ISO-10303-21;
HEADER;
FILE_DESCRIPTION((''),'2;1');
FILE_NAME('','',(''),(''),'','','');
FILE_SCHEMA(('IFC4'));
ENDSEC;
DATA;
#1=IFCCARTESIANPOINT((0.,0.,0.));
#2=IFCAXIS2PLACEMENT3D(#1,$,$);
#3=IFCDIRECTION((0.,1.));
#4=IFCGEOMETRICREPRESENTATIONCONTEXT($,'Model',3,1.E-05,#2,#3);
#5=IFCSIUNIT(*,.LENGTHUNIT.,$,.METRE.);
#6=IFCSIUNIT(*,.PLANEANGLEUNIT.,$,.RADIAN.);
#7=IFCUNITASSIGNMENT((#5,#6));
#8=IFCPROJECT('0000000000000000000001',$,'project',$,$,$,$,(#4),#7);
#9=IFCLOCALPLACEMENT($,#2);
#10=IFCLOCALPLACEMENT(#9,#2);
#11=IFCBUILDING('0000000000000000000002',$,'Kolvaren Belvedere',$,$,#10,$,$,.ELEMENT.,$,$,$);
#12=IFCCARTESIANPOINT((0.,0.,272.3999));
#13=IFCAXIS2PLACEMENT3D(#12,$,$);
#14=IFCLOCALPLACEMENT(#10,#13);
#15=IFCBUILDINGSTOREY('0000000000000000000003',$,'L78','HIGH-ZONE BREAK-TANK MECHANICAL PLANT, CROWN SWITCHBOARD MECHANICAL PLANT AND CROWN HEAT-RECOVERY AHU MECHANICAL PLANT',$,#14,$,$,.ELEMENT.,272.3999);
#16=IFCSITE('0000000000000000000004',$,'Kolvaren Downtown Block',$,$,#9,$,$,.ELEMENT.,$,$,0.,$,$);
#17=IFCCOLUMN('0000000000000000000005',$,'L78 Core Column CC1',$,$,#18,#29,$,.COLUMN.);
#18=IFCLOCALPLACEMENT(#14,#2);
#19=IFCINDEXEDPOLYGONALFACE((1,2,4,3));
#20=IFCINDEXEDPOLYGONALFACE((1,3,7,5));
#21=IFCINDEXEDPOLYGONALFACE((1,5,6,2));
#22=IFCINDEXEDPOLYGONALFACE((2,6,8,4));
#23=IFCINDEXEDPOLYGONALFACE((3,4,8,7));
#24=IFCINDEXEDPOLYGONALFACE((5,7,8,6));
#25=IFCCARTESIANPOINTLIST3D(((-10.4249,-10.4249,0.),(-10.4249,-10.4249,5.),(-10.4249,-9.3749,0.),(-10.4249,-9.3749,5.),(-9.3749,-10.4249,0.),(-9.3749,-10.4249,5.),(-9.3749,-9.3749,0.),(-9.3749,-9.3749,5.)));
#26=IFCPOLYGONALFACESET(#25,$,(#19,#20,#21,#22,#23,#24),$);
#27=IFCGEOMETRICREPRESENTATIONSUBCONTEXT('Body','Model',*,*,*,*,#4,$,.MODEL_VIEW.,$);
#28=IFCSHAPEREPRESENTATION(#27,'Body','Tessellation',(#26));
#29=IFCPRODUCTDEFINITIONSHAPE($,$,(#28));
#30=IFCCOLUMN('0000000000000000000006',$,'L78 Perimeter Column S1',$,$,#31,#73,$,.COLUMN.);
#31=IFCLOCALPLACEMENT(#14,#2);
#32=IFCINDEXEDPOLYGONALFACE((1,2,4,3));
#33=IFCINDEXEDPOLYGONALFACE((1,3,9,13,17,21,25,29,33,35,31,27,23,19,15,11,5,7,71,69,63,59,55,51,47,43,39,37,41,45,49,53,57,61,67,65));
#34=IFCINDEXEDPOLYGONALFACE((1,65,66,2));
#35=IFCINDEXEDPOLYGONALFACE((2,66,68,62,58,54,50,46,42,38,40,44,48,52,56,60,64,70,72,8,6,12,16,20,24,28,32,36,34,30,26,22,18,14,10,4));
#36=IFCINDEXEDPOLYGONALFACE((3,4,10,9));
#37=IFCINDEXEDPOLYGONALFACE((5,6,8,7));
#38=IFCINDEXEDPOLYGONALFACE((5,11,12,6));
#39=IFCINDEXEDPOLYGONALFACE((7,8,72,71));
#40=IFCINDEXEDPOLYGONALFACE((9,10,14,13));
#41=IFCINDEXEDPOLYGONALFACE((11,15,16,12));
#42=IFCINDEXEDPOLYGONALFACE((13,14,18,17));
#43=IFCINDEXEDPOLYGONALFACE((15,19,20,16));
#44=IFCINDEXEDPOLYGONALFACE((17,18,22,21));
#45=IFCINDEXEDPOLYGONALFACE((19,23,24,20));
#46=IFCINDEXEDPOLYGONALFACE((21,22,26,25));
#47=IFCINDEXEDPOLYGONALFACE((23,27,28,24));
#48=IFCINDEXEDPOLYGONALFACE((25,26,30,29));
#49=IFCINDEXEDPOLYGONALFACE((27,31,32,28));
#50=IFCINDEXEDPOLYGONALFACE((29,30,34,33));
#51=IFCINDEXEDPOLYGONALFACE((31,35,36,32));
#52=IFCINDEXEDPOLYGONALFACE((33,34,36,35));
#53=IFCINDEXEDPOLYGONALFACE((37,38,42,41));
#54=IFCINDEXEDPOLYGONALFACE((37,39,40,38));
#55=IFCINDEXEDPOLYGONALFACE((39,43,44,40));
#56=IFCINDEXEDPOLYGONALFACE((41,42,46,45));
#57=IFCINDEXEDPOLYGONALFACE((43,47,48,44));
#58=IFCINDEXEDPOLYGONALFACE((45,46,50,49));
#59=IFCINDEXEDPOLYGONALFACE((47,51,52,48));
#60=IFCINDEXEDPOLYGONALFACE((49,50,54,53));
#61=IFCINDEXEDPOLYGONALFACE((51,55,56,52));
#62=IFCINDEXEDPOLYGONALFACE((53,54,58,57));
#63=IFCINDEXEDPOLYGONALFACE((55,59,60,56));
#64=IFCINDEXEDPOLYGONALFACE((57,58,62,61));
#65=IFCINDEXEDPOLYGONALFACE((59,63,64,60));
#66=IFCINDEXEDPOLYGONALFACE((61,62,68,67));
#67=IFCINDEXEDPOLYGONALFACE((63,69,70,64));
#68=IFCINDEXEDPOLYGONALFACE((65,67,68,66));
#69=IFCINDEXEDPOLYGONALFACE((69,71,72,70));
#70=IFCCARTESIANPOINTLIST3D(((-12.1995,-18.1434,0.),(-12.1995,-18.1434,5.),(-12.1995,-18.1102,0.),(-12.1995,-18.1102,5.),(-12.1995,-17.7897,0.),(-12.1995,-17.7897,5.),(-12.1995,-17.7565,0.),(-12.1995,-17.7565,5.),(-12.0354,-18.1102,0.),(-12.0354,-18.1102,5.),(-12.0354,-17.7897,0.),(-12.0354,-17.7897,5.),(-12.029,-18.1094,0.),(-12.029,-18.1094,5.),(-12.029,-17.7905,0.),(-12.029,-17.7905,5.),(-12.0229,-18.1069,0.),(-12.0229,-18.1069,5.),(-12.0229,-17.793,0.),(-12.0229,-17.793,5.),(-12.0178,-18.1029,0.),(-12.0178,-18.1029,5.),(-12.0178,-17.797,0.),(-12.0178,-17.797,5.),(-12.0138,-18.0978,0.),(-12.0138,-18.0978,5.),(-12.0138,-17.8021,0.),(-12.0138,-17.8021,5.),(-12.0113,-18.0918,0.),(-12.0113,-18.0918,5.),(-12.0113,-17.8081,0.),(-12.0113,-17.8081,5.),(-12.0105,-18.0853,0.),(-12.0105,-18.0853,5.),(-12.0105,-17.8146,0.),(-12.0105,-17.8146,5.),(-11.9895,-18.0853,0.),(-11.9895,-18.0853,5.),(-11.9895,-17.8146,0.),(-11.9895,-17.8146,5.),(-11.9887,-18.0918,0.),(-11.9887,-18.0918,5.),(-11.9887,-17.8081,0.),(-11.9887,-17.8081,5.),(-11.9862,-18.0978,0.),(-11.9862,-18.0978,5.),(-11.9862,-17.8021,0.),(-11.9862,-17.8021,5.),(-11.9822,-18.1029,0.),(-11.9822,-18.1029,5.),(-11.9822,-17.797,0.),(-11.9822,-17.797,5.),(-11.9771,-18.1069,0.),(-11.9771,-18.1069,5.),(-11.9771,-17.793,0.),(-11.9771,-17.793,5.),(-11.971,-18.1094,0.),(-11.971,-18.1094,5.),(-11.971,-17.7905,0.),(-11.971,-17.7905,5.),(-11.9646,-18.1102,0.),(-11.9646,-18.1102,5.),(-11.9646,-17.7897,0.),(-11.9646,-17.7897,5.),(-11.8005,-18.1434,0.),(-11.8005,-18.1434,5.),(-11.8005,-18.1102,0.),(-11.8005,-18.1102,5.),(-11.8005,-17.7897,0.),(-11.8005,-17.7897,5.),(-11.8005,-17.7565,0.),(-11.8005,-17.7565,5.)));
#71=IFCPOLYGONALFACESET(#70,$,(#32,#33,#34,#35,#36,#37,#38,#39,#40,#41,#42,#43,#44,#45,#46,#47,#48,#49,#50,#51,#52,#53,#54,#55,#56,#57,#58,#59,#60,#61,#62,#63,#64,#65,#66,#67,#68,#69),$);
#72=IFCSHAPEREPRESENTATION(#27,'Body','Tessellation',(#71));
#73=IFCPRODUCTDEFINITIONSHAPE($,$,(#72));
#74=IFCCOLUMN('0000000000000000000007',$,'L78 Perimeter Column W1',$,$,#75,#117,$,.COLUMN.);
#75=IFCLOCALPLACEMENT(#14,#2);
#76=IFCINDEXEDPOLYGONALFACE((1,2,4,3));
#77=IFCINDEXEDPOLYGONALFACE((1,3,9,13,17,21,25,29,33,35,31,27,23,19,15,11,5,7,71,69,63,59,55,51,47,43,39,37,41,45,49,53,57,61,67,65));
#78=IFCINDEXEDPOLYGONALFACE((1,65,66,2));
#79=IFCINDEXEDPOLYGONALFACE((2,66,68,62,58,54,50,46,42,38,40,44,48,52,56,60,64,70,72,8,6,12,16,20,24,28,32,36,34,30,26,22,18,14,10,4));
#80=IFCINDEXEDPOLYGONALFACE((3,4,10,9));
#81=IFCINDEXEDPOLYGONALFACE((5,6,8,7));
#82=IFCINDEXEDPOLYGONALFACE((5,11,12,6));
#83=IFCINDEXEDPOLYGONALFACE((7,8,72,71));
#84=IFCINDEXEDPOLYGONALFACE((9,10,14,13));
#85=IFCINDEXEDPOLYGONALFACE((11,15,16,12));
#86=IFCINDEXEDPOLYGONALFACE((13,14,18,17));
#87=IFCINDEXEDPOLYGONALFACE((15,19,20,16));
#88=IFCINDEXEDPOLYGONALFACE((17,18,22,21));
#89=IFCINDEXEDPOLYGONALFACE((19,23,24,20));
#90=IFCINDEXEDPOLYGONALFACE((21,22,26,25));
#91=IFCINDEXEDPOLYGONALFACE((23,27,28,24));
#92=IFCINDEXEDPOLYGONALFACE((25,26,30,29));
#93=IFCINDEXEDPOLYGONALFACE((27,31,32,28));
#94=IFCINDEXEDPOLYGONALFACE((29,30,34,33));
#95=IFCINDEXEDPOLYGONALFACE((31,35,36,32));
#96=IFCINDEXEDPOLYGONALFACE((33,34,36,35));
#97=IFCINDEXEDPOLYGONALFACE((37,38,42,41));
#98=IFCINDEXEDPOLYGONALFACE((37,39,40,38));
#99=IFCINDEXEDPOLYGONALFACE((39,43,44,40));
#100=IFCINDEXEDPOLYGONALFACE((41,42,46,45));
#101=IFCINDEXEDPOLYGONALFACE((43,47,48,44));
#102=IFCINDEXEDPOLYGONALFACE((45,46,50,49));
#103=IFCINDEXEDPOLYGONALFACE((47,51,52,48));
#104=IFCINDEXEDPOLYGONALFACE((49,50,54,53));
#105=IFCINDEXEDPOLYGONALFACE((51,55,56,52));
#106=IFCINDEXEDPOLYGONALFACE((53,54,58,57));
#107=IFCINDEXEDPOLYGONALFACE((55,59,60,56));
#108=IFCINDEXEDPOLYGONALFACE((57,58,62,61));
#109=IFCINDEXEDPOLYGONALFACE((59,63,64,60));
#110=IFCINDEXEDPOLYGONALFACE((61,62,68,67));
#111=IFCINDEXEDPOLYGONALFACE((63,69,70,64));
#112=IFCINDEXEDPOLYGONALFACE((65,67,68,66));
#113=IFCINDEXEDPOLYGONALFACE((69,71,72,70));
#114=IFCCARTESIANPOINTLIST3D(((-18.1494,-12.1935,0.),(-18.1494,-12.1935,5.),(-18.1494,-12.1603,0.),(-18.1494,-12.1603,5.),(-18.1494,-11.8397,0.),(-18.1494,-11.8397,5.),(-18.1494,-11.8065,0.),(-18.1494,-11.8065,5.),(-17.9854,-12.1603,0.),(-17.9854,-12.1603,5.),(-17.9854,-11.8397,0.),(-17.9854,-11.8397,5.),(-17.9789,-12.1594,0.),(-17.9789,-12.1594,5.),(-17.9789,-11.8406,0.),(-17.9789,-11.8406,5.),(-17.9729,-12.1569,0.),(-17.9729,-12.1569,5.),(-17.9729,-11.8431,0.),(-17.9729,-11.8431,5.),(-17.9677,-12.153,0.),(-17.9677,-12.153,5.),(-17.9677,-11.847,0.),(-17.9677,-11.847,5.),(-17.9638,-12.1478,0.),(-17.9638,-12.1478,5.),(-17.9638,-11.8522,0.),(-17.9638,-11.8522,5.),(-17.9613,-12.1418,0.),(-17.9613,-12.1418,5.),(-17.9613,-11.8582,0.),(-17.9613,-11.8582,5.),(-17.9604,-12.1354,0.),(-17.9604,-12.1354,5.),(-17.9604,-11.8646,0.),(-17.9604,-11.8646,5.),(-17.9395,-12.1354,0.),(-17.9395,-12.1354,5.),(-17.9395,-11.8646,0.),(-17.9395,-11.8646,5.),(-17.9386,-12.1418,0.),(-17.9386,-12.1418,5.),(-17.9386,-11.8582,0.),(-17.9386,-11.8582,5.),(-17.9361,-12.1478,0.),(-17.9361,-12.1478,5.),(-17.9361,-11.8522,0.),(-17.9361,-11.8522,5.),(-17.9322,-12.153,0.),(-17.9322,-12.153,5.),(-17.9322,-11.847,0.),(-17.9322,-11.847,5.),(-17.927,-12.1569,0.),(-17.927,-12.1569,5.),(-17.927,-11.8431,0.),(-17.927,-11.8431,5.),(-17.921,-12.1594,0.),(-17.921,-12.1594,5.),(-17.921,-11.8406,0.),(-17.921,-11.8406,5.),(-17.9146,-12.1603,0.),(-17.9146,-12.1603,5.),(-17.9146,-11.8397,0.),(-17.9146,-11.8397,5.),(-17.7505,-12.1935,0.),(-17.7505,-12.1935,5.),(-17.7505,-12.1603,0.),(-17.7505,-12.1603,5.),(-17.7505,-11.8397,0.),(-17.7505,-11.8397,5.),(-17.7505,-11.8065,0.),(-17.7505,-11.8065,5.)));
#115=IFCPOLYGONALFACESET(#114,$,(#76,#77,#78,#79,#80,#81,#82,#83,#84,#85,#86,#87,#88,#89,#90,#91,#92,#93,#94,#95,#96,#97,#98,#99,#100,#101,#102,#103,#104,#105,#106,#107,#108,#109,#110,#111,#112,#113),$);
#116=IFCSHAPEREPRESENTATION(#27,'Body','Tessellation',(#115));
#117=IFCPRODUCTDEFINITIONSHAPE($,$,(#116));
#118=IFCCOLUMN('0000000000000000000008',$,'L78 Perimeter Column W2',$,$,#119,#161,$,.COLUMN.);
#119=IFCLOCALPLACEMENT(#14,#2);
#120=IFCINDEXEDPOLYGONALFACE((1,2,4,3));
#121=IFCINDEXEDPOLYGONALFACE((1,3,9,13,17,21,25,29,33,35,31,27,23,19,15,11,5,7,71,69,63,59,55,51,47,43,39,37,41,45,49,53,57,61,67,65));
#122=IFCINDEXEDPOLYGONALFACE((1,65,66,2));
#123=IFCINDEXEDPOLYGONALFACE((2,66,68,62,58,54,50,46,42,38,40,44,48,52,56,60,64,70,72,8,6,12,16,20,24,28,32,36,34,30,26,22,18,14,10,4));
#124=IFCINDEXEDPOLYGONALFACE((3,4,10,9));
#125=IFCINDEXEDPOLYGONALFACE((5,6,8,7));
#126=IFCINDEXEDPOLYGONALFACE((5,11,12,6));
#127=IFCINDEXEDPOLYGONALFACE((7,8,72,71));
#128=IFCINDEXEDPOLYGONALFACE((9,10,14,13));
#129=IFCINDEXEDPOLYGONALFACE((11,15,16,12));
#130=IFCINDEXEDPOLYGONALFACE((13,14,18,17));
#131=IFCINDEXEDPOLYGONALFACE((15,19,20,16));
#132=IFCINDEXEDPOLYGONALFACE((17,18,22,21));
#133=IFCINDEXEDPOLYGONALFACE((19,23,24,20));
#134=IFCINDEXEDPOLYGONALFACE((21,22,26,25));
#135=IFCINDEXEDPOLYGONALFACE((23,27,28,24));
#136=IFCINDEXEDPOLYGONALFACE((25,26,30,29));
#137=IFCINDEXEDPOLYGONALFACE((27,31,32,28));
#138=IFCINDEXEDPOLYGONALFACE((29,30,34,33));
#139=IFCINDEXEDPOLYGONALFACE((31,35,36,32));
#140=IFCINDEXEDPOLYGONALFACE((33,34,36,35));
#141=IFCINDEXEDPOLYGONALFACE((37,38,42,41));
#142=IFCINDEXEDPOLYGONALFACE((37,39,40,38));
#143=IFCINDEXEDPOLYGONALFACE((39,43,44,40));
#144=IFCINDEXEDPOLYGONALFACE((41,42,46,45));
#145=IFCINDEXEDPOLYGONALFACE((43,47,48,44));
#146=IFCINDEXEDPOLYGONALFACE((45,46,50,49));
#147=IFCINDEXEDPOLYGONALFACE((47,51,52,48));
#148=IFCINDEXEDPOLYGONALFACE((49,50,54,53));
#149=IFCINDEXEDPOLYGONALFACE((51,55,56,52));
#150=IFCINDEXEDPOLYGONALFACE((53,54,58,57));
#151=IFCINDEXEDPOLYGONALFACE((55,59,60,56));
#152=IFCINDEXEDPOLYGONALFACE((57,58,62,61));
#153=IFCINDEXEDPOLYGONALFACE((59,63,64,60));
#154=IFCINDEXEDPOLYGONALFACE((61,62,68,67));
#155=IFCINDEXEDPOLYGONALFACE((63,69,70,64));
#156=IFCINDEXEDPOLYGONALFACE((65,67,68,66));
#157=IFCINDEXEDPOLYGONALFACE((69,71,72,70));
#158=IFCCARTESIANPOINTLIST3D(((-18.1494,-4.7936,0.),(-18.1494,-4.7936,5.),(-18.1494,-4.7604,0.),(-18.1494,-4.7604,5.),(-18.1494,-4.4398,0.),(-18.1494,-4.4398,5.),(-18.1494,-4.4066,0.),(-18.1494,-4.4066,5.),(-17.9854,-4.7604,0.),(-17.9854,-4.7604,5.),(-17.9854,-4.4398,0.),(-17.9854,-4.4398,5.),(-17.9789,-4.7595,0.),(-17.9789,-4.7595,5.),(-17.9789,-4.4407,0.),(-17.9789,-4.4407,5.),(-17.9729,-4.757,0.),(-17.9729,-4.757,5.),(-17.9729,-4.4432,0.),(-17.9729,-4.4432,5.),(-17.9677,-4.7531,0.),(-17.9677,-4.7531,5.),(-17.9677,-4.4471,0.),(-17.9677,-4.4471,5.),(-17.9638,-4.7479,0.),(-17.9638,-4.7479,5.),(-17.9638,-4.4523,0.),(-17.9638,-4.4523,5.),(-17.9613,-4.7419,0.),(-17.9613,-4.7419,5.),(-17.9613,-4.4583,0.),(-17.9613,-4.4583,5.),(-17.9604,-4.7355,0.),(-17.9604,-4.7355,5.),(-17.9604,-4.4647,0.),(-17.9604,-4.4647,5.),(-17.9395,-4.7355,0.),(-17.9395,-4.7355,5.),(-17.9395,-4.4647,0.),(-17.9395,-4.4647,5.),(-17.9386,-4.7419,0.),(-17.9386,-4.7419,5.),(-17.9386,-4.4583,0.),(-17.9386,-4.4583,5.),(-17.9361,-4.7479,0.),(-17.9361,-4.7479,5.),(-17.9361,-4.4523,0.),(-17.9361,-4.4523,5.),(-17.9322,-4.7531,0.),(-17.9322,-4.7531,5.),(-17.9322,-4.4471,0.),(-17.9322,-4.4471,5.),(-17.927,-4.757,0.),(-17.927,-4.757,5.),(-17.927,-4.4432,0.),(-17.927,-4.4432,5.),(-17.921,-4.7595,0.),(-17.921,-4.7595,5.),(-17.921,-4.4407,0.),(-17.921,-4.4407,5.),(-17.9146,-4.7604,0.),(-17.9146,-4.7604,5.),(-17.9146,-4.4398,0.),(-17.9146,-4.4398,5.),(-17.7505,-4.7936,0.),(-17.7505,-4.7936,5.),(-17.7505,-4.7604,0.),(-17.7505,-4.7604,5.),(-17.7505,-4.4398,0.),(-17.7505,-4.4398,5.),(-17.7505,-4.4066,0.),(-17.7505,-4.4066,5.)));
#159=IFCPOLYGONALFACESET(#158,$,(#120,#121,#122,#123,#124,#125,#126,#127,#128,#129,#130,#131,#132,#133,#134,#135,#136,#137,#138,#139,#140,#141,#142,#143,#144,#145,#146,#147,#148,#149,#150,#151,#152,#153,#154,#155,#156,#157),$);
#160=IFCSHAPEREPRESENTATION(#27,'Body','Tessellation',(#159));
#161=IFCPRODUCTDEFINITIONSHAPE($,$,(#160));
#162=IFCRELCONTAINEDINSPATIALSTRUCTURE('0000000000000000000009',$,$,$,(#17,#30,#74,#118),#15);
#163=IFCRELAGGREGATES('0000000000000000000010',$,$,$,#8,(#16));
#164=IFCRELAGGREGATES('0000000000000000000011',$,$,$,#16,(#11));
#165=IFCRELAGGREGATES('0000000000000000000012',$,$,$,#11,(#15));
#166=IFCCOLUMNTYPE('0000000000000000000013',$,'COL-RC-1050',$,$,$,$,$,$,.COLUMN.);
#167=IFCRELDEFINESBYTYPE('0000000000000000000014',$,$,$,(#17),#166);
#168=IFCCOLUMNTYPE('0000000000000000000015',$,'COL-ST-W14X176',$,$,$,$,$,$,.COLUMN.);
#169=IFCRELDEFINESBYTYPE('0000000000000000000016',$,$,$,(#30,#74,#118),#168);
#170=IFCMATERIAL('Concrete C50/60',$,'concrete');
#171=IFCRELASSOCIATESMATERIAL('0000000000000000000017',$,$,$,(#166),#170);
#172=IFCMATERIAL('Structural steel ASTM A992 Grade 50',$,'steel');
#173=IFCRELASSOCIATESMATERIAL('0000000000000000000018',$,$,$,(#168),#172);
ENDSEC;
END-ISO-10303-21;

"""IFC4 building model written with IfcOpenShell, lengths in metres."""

from ifc_helpers import new_model, si_unit, direction, frame, origin, origin_2d, place, context, subcontext, project, spatial, rectangle, i_section, extrude, material, material_profile, profile_set, type_object, element, save


model = new_model("IFC4")

# Units and contexts
model_context = context("Model", 3, precision=1e-05, world=origin(), true_north=direction((0.0, 1.0)))
body_context = subcontext(model_context, "Body", "Model", "MODEL_VIEW")
ifc_project = project(units=[si_unit("LENGTHUNIT", "METRE"), si_unit("PLANEANGLEUNIT", "RADIAN")], contexts=[model_context])

# Site, building, storey
site_placement = place(None, origin())
site = spatial("IfcSite", under=ifc_project, at=site_placement, Name="Kolvaren Downtown Block", CompositionType="ELEMENT", RefElevation=0.0)
building_placement = place(site_placement, origin())
building = spatial("IfcBuilding", under=site, at=building_placement, Name="Kolvaren Belvedere", CompositionType="ELEMENT")
storey_placement = place(building_placement, frame((0.0, 0.0, 272.3999)))
storey = spatial("IfcBuildingStorey", under=building, at=storey_placement, Name="L78", Description="HIGH-ZONE BREAK-TANK MECHANICAL PLANT, CROWN SWITCHBOARD MECHANICAL PLANT AND CROWN HEAT-RECOVERY AHU MECHANICAL PLANT", CompositionType="ELEMENT", Elevation=272.3999)

# Columns
ifc_material_1 = material(Name="Concrete C50/60", Category="concrete")
ifc_material_profile_1 = material_profile(ifc_material_1, rectangle(XDim=1.05, YDim=1.05, at=origin_2d()), Name="RC 1050X1050")
ifc_profile_set_1 = profile_set([ifc_material_profile_1], Name="Concrete C50/60")
column_type_1 = type_object("IfcColumnType", Name="COL-RC-1050", PredefinedType="COLUMN", material=ifc_profile_set_1)
column_placement = place(storey_placement, frame((-9.8999, -9.8999, 0.0), z_axis=(0.0, 0.0, 1.0), x_axis=(1.0, 0.0, 0.0)))
element("IfcColumn", 1, at=column_placement, inside=storey, type_object=column_type_1, Name="L78 Core Column CC1", PredefinedType="COLUMN", context=body_context, shape_type="SweptSolid", body=[
    extrude(rectangle(XDim=1.05, YDim=1.05, at=origin_2d()), origin(), (0.0, 0.0, 1.0), 5.0),
])
ifc_material_2 = material(Name="Structural steel ASTM A992 Grade 50", Category="steel")
ifc_material_profile_2 = material_profile(ifc_material_2, i_section(OverallWidth=0.3989, OverallDepth=0.387, WebThickness=0.021, FlangeThickness=0.0332, FilletRadius=0.0249, at=origin_2d()), Name="W14X176")
ifc_profile_set_2 = profile_set([ifc_material_profile_2], Name="Structural steel ASTM A992 Grade 50")
column_type_2 = type_object("IfcColumnType", Name="COL-ST-W14X176", PredefinedType="COLUMN", material=ifc_profile_set_2)
for number, where, z_axis, x_axis, name in (
    (2, (-12.0, -17.95, 0.0), (0.0, 0.0, 1.0), (1.0, 0.0, 0.0), "L78 Perimeter Column S1"),
    (3, (-17.95, -12.0, 0.0), (0.0, 0.0, 1.0), (1.0, 0.0, 0.0), "L78 Perimeter Column W1"),
    (4, (-17.95, -4.6001, 0.0), (0.0, 0.0, 1.0), (1.0, 0.0, 0.0), "L78 Perimeter Column W2"),
):
    element("IfcColumn", number, at=place(storey_placement, frame(where, z_axis=z_axis, x_axis=x_axis)), inside=storey, type_object=column_type_2, Name=name, PredefinedType="COLUMN", context=body_context, shape_type="SweptSolid", body=[
        extrude(i_section(OverallWidth=0.3989, OverallDepth=0.387, WebThickness=0.021, FlangeThickness=0.0332, FilletRadius=0.0249, at=origin_2d()), origin(), (0.0, 0.0, 1.0), 5.0),
    ])

save(model, "model.ifc")
